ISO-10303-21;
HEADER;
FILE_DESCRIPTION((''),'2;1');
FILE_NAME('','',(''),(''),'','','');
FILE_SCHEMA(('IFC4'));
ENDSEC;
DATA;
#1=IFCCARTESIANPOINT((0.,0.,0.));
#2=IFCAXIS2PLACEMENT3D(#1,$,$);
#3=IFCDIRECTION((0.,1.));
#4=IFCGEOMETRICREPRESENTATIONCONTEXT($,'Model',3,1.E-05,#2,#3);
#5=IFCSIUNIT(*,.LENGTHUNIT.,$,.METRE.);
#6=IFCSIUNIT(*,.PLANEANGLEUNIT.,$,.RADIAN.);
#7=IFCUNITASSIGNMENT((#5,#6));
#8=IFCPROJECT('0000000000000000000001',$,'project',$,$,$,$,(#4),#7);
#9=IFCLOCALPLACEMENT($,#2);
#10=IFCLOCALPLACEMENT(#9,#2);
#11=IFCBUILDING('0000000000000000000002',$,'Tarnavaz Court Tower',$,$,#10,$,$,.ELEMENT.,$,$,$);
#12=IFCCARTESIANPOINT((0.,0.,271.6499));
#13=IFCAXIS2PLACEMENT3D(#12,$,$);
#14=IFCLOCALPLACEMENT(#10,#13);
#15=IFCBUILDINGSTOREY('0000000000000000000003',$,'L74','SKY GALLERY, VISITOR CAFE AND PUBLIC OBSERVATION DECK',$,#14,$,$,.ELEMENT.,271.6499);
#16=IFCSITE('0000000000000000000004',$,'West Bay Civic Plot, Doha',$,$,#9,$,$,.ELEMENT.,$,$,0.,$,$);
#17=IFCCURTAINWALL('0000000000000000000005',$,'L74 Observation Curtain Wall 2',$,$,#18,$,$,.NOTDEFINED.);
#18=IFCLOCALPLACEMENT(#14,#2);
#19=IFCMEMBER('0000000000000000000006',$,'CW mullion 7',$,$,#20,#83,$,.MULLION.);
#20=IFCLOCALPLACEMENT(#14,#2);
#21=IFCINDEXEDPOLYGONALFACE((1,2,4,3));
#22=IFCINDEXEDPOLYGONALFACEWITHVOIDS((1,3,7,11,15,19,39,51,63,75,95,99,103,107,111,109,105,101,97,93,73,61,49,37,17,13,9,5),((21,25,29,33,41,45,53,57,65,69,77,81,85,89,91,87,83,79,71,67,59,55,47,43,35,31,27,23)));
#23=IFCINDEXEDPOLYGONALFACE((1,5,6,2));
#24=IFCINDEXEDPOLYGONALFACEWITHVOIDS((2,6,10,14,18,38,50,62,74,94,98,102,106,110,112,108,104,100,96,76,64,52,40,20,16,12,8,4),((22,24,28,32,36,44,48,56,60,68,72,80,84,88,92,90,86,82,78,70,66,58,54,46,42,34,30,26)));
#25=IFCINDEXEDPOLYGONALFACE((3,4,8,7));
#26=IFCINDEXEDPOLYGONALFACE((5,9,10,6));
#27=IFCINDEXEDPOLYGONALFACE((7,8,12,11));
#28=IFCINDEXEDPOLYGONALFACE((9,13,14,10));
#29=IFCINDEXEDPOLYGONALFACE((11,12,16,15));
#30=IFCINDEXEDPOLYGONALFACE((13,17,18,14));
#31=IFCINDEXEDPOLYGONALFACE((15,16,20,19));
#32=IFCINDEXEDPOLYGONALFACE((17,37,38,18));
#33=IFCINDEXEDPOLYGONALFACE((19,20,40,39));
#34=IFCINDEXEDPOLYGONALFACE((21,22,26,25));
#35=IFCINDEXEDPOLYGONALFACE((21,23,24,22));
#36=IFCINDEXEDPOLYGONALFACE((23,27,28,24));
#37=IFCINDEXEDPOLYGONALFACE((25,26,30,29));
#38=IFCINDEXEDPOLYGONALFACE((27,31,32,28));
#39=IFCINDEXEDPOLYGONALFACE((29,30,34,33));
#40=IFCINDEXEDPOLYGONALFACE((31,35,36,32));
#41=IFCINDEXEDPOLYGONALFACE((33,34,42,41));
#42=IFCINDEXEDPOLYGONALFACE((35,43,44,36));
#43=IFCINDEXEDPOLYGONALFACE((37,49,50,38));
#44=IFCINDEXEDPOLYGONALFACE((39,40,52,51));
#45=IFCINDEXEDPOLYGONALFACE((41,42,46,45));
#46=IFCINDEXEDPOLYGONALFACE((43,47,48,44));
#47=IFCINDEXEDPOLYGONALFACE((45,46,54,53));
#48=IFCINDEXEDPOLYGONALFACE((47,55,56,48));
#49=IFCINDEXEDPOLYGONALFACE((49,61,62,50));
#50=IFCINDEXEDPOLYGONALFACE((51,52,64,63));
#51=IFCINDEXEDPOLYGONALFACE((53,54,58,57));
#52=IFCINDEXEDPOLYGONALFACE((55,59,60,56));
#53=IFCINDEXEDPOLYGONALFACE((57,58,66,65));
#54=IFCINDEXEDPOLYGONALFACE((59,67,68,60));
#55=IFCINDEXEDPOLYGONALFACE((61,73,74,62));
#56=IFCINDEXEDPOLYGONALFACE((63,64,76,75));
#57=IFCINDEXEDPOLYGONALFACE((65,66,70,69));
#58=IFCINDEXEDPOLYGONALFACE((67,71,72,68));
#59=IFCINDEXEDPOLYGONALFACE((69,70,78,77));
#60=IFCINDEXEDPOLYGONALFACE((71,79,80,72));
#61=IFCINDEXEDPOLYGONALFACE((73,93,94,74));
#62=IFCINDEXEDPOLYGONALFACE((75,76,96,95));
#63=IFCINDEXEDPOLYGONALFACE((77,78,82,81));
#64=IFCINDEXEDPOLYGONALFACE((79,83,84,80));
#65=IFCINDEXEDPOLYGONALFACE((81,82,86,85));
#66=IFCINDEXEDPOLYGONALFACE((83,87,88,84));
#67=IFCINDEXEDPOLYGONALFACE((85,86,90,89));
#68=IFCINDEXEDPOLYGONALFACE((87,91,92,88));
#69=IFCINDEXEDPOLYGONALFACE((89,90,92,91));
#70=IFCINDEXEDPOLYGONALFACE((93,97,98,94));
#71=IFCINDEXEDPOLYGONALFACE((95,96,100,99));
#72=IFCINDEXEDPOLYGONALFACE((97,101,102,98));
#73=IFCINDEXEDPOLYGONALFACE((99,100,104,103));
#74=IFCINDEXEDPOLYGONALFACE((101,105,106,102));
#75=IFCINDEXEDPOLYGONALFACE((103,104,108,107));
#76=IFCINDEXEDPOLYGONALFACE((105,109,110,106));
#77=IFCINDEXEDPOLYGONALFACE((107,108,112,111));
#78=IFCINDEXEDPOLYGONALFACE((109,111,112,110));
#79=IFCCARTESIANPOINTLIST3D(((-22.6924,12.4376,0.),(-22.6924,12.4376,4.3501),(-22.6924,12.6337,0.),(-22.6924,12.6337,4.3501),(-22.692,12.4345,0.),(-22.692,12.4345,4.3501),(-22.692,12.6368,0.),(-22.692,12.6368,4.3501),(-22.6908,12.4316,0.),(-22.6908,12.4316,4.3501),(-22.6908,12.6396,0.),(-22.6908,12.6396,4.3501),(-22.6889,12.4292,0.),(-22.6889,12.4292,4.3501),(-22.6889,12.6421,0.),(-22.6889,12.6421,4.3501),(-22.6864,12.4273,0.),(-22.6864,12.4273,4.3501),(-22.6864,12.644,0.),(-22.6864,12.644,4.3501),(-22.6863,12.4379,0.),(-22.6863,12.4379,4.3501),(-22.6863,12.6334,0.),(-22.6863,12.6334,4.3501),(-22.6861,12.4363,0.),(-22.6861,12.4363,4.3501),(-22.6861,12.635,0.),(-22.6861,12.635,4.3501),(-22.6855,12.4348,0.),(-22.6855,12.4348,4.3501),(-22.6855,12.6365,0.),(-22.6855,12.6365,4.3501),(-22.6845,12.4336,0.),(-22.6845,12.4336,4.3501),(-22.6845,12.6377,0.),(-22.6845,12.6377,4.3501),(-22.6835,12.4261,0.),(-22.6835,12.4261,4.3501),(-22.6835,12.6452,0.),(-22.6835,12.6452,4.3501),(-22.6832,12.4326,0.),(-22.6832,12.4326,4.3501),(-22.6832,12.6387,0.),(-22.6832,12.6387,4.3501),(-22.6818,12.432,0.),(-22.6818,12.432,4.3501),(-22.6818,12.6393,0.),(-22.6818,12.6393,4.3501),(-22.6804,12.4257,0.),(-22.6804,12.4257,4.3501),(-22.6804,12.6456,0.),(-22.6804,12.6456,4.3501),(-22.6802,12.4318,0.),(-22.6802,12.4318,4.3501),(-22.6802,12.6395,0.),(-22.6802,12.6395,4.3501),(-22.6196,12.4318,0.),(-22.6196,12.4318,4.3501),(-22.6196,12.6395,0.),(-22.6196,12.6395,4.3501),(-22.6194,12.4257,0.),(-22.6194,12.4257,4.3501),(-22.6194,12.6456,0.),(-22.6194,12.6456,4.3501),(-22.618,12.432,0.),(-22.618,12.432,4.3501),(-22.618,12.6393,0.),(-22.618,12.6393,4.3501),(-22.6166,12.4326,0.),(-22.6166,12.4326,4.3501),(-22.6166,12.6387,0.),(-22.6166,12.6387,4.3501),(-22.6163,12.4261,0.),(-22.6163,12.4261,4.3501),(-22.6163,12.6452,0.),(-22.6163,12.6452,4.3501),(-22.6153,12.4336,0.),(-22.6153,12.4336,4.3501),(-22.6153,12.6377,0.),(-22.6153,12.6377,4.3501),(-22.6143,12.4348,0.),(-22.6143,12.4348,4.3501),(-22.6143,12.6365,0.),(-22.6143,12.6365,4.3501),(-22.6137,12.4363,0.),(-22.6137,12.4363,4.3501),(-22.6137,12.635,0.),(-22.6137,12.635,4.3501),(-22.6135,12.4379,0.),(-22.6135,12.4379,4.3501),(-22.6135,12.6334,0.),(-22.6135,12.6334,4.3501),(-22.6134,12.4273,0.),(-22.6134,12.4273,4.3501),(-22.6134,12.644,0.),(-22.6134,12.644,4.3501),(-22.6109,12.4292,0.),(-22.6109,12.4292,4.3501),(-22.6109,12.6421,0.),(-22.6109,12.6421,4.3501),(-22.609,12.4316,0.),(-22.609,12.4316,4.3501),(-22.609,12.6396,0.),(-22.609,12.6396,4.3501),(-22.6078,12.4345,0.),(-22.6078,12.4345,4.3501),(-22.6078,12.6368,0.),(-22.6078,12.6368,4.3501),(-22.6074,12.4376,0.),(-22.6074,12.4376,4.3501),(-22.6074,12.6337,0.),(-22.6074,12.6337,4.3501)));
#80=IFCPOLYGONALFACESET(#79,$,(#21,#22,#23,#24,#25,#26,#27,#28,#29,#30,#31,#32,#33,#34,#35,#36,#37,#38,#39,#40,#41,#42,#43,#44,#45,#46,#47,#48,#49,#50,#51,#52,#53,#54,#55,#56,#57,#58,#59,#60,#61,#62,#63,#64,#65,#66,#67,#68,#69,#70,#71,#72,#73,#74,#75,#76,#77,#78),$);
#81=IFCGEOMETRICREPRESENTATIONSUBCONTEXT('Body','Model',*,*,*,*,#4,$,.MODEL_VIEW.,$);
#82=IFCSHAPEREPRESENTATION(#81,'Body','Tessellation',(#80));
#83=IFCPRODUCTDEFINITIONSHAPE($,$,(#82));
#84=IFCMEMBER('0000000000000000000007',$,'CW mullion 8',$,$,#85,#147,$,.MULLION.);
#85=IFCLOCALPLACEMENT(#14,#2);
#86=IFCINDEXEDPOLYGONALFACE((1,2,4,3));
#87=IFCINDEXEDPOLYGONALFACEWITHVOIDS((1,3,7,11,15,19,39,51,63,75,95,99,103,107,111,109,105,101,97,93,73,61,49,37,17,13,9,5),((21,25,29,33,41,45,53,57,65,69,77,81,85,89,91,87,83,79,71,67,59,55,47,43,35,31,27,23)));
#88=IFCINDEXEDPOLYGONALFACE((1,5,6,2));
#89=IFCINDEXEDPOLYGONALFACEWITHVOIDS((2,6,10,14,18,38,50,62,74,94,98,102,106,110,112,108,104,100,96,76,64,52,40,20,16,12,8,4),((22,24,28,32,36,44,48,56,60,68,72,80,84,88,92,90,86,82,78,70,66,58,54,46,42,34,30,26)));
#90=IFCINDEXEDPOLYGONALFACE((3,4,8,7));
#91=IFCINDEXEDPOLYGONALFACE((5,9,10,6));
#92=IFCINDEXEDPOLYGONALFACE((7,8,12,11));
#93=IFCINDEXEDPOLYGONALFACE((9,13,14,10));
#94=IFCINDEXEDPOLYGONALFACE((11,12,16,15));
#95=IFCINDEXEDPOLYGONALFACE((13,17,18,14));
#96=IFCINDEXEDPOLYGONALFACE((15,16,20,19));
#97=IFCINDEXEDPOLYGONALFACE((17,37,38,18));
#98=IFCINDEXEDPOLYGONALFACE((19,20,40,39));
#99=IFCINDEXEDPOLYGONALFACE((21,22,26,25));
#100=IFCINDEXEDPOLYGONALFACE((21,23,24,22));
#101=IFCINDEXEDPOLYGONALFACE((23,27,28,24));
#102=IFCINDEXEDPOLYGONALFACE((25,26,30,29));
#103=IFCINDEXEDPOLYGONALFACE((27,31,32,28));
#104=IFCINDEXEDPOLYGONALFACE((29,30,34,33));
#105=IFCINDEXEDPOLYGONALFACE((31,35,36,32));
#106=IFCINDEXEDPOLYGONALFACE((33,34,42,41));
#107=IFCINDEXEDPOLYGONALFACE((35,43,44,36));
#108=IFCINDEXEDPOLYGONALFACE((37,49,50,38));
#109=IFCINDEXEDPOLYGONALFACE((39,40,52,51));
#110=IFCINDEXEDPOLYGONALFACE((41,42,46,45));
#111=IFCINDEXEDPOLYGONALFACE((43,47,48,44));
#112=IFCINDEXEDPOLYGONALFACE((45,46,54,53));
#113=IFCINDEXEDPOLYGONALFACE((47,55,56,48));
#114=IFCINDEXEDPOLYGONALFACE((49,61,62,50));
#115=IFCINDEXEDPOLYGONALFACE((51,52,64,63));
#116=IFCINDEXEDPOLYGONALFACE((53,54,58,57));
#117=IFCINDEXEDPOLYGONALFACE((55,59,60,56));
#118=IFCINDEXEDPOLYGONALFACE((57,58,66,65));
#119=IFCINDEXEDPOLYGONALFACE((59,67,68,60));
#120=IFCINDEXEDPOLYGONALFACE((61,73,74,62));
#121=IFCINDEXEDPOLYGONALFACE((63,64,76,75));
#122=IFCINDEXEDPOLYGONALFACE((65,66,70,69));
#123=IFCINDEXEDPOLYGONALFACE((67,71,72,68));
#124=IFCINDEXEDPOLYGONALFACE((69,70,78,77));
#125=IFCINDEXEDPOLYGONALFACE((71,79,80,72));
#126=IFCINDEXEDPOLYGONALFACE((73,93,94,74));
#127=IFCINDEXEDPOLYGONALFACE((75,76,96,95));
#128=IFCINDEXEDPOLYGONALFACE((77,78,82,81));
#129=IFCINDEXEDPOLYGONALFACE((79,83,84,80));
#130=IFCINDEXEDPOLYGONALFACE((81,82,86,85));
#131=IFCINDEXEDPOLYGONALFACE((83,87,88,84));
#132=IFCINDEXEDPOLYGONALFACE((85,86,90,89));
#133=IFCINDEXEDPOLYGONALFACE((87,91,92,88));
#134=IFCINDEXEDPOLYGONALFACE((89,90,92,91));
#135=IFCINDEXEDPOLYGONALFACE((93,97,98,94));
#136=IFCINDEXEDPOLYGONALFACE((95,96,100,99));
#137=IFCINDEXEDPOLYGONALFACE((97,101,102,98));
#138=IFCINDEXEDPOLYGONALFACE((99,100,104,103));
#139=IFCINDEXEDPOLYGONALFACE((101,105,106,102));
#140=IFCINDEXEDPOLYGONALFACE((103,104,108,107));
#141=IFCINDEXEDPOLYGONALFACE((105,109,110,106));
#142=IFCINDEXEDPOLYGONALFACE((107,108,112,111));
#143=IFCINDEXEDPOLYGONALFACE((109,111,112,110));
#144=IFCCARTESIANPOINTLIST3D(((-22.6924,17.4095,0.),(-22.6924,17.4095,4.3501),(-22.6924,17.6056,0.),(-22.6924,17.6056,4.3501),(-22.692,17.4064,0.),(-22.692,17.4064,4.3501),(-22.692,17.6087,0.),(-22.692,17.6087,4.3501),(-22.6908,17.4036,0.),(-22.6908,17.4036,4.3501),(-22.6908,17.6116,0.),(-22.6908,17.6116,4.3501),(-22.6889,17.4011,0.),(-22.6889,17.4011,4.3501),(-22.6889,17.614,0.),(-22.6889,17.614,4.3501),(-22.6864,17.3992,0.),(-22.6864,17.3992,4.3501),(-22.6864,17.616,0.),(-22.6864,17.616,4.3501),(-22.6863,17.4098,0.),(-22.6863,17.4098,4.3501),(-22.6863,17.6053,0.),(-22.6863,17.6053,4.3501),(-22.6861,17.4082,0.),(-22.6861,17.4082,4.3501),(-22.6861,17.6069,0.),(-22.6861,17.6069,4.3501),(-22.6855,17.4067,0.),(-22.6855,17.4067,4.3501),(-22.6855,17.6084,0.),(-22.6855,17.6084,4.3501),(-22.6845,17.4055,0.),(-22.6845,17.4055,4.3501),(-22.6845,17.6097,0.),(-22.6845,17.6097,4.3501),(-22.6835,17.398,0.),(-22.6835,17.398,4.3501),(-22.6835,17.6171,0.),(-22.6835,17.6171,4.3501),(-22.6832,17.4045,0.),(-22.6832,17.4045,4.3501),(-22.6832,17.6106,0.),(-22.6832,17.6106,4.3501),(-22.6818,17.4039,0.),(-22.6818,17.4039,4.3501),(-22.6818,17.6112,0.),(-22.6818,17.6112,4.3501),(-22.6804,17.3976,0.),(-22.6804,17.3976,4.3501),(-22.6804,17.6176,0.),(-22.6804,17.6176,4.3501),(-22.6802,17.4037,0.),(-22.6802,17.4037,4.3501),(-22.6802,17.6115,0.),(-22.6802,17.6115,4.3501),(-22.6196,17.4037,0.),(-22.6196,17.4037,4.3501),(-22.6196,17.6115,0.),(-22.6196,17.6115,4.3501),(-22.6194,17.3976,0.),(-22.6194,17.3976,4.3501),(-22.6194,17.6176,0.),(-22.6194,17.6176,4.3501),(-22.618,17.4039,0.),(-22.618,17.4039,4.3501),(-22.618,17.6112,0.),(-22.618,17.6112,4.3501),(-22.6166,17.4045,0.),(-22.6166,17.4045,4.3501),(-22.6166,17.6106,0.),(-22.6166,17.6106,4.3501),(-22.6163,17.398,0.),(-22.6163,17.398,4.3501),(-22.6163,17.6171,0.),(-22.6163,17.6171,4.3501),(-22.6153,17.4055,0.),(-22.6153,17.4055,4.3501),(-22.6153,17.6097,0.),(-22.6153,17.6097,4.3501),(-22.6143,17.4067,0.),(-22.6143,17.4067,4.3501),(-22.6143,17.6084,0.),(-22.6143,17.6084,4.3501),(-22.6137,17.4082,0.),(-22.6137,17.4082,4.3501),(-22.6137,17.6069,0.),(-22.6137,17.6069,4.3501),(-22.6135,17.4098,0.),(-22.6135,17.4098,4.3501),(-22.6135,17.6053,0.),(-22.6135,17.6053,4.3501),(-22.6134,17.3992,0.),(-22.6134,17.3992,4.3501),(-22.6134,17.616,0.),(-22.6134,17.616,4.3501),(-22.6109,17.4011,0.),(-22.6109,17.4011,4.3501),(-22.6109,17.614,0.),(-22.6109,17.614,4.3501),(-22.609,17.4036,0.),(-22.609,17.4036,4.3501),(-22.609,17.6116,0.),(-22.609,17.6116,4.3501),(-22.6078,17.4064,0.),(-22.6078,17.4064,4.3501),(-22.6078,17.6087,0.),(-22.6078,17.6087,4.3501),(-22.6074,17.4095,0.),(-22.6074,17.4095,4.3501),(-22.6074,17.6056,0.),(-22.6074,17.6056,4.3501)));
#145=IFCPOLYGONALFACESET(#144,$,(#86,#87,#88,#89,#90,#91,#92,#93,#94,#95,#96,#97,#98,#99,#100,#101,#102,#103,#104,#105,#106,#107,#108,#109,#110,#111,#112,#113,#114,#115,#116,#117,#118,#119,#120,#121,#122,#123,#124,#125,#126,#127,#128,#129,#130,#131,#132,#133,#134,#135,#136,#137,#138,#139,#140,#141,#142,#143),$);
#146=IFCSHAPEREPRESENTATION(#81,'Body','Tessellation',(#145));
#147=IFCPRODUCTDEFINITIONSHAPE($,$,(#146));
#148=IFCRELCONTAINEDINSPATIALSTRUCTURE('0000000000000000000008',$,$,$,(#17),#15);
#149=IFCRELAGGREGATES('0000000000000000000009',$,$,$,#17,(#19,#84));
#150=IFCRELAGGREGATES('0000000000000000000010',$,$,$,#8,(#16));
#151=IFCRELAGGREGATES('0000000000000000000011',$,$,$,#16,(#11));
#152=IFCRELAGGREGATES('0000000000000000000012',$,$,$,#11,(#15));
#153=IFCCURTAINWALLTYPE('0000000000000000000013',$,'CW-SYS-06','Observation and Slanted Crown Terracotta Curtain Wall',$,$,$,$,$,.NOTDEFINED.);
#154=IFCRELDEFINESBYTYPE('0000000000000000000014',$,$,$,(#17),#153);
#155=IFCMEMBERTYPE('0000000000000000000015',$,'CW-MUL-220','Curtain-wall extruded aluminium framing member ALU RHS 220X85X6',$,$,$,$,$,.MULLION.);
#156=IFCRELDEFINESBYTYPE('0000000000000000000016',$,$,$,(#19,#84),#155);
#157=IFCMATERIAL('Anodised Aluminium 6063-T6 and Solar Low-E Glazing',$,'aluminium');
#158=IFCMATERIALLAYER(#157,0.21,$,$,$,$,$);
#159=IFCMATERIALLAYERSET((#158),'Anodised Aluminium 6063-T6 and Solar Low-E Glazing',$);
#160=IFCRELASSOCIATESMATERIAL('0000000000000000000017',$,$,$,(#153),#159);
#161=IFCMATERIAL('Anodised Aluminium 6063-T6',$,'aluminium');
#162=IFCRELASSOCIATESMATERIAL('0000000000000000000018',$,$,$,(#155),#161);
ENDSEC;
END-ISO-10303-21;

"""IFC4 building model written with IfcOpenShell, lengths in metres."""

from ifc_helpers import new_model, si_unit, direction, frame, origin, origin_2d, place, context, subcontext, project, spatial, hollow_rectangle, extrude, material, layer, layer_set, material_profile, profile_set, type_object, element, aggregate, save


model = new_model("IFC4")

# Units and contexts
model_context = context("Model", 3, precision=1e-05, world=origin(), true_north=direction((0.0, 1.0)))
body_context = subcontext(model_context, "Body", "Model", "MODEL_VIEW")
ifc_project = project(units=[si_unit("LENGTHUNIT", "METRE"), si_unit("PLANEANGLEUNIT", "RADIAN")], contexts=[model_context])

# Site, building, storey
site_placement = place(None, origin())
site = spatial("IfcSite", under=ifc_project, at=site_placement, Name="West Bay Civic Plot, Doha", CompositionType="ELEMENT", RefElevation=0.0)
building_placement = place(site_placement, origin())
building = spatial("IfcBuilding", under=site, at=building_placement, Name="Tarnavaz Court Tower", CompositionType="ELEMENT")
storey_placement = place(building_placement, frame((0.0, 0.0, 271.6499)))
storey = spatial("IfcBuildingStorey", under=building, at=storey_placement, Name="L74", Description="SKY GALLERY, VISITOR CAFE AND PUBLIC OBSERVATION DECK", CompositionType="ELEMENT", Elevation=271.6499)

# Curtain wall, members
ifc_material_1 = material(Name="Anodised Aluminium 6063-T6 and Solar Low-E Glazing", Category="aluminium")
ifc_layer_1 = layer(ifc_material_1, 0.21)
ifc_layer_set_1 = layer_set([ifc_layer_1], Name="Anodised Aluminium 6063-T6 and Solar Low-E Glazing")
curtain_wall_type = type_object("IfcCurtainWallType", Name="CW-SYS-06", Description="Observation and Slanted Crown Terracotta Curtain Wall", PredefinedType="NOTDEFINED", material=ifc_layer_set_1)
curtain_wall_placement = place(storey_placement, origin())
curtain_wall = element("IfcCurtainWall", 1, at=curtain_wall_placement, inside=storey, type_object=curtain_wall_type, Name="L74 Observation Curtain Wall 2", PredefinedType="NOTDEFINED")
ifc_material_2 = material(Name="Anodised Aluminium 6063-T6", Category="aluminium")
ifc_material_profile_1 = material_profile(ifc_material_2, hollow_rectangle(XDim=0.085, YDim=0.22, WallThickness=0.0061, InnerFilletRadius=0.0061, OuterFilletRadius=0.012, at=origin_2d()), Name="ALU RHS 220X85X6")
ifc_profile_set_1 = profile_set([ifc_material_profile_1], Name="Anodised Aluminium 6063-T6")
member_type_1 = type_object("IfcMemberType", Name="CW-MUL-220", Description="Curtain-wall extruded aluminium framing member ALU RHS 220X85X6", PredefinedType="MULLION", material=ifc_profile_set_1)
member_1_placement = place(storey_placement, frame((-22.6499, 12.5356, 0.0), z_axis=(0.0, 0.0, 1.0), x_axis=(-1.0, 0.0, 0.0)))
member_1 = element("IfcMember", 2, at=member_1_placement, type_object=member_type_1, Name="CW mullion 7", PredefinedType="MULLION", context=body_context, shape_type="SweptSolid", body=[
    extrude(hollow_rectangle(XDim=0.085, YDim=0.22, WallThickness=0.0061, InnerFilletRadius=0.0061, OuterFilletRadius=0.012, at=origin_2d()), origin(), (0.0, 0.0, 1.0), 4.3501),
])
member_2_placement = place(storey_placement, frame((-22.6499, 17.5076, 0.0), z_axis=(0.0, 0.0, 1.0), x_axis=(-1.0, 0.0, 0.0)))
member_2 = element("IfcMember", 3, at=member_2_placement, type_object=member_type_1, Name="CW mullion 8", PredefinedType="MULLION", context=body_context, shape_type="SweptSolid", body=[
    extrude(hollow_rectangle(XDim=0.085, YDim=0.22, WallThickness=0.0061, InnerFilletRadius=0.0061, OuterFilletRadius=0.012, at=origin_2d()), origin(), (0.0, 0.0, 1.0), 4.3501),
])
aggregate(curtain_wall, [member_1, member_2])

save(model, "model.ifc")
